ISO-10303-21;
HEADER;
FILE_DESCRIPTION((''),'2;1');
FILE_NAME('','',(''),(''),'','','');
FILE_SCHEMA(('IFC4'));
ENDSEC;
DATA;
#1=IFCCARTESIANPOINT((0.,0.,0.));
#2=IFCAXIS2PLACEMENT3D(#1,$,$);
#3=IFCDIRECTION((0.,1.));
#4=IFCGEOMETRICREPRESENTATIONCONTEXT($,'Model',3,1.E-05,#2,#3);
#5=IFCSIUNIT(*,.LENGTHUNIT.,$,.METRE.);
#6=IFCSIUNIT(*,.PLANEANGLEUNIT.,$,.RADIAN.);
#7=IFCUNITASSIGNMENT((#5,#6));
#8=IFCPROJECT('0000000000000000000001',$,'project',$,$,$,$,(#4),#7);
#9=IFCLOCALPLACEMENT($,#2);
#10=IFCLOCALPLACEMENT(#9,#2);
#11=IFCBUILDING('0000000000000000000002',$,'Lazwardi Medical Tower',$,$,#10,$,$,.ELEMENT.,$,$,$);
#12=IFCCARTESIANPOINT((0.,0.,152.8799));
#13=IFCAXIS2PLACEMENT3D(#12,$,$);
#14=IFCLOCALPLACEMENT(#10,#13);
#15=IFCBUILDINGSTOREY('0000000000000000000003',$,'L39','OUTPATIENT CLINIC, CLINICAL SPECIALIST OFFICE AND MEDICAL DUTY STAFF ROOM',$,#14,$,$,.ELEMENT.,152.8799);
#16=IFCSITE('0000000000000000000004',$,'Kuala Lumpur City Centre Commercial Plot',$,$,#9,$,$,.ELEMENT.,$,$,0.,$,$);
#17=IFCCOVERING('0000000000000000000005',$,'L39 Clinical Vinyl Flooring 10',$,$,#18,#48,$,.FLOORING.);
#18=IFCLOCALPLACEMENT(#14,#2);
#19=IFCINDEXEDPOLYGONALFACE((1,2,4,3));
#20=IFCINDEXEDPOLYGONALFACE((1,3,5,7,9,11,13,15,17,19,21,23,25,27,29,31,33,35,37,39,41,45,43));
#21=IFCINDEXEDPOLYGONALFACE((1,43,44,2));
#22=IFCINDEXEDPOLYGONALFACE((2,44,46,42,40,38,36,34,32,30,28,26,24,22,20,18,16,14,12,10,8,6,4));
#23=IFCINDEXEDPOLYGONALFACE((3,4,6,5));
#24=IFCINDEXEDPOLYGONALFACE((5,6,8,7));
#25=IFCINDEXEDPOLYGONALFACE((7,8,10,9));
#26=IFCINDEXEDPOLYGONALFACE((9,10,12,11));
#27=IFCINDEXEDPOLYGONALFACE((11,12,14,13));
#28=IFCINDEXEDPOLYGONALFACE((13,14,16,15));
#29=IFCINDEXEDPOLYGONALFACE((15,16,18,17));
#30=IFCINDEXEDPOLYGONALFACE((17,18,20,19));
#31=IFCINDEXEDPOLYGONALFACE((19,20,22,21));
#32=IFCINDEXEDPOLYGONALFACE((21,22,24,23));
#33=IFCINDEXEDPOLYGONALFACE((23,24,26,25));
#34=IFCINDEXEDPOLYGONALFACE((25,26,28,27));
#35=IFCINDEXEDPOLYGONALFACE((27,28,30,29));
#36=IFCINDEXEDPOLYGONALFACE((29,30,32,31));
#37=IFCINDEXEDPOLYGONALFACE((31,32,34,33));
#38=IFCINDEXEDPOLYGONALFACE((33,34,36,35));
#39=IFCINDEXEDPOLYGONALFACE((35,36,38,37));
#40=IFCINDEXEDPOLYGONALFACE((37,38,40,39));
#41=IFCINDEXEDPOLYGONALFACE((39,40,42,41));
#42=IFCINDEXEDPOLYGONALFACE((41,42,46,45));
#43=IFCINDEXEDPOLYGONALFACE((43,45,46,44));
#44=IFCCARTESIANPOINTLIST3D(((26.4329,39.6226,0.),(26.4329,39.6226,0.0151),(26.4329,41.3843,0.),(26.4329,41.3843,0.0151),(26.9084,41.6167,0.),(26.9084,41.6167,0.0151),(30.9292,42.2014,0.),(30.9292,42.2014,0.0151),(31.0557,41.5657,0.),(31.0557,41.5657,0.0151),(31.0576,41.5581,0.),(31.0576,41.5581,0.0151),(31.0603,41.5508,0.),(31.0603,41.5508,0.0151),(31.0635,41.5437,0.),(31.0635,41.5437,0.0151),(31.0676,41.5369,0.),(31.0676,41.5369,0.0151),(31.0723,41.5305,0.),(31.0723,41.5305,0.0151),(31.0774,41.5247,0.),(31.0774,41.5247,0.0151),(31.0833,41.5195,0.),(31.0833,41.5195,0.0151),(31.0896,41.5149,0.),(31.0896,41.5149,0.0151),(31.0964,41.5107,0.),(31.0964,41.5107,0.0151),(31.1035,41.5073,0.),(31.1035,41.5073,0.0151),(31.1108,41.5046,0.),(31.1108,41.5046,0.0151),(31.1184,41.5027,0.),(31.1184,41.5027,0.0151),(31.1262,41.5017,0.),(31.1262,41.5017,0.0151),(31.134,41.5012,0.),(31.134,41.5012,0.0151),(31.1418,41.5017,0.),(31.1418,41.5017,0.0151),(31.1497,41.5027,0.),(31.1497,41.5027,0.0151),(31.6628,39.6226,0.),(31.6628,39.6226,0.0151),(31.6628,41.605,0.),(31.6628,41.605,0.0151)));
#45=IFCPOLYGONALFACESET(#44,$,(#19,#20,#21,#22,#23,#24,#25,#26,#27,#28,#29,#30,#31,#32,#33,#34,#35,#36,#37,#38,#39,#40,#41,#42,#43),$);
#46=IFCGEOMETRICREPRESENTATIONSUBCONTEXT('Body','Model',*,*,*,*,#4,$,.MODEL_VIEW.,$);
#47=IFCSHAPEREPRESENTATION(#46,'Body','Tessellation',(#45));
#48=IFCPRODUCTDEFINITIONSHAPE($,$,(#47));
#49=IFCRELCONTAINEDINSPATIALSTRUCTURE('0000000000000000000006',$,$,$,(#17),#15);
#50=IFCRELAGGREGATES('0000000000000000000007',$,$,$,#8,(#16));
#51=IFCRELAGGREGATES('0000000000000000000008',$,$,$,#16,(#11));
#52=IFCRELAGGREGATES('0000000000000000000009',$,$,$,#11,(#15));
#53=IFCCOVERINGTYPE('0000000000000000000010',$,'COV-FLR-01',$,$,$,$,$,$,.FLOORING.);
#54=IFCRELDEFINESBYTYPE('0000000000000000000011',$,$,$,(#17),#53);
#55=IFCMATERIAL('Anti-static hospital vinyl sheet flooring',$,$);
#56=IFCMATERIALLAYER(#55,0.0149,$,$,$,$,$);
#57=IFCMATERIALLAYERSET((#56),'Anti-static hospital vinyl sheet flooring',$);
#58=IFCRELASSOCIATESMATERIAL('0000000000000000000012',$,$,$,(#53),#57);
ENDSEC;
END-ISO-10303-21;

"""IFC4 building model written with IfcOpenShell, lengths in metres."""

from ifc_helpers import new_model, si_unit, direction, frame, origin, place, context, subcontext, project, spatial, polyline, outline, extrude, material, layer, layer_set, type_object, element, save


model = new_model("IFC4")

# Units and contexts
model_context = context("Model", 3, precision=1e-05, world=origin(), true_north=direction((0.0, 1.0)))
body_context = subcontext(model_context, "Body", "Model", "MODEL_VIEW")
ifc_project = project(units=[si_unit("LENGTHUNIT", "METRE"), si_unit("PLANEANGLEUNIT", "RADIAN")], contexts=[model_context])

# Site, building, storey
site_placement = place(None, origin())
site = spatial("IfcSite", under=ifc_project, at=site_placement, Name="Kuala Lumpur City Centre Commercial Plot", CompositionType="ELEMENT", RefElevation=0.0)
building_placement = place(site_placement, origin())
building = spatial("IfcBuilding", under=site, at=building_placement, Name="Lazwardi Medical Tower", CompositionType="ELEMENT")
storey_placement = place(building_placement, frame((0.0, 0.0, 152.8799)))
storey = spatial("IfcBuildingStorey", under=building, at=storey_placement, Name="L39", Description="OUTPATIENT CLINIC, CLINICAL SPECIALIST OFFICE AND MEDICAL DUTY STAFF ROOM", CompositionType="ELEMENT", Elevation=152.8799)

# Covering
ifc_material_1 = material(Name="Anti-static hospital vinyl sheet flooring")
ifc_layer_1 = layer(ifc_material_1, 0.0149)
ifc_layer_set_1 = layer_set([ifc_layer_1], Name="Anti-static hospital vinyl sheet flooring")
covering_type_1 = type_object("IfcCoveringType", Name="COV-FLR-01", PredefinedType="FLOORING", material=ifc_layer_set_1)
covering_1_placement = place(storey_placement, origin())
element("IfcCovering", 1, at=covering_1_placement, inside=storey, type_object=covering_type_1, Name="L39 Clinical Vinyl Flooring 10", PredefinedType="FLOORING", context=body_context, shape_type="SweptSolid", body=[
    extrude(outline(polyline([(31.6628, 41.605), (31.1497, 41.5027), (31.1418, 41.5017), (31.134, 41.5012), (31.1262, 41.5017), (31.1184, 41.5027), (31.1108, 41.5046), (31.1035, 41.5073), (31.0964, 41.5107), (31.0896, 41.5149), (31.0833, 41.5195), (31.0774, 41.5247), (31.0723, 41.5305), (31.0676, 41.5369), (31.0635, 41.5437), (31.0603, 41.5508), (31.0576, 41.5581), (31.0557, 41.5657), (30.9292, 42.2014), (26.9084, 41.6167), (26.4329, 41.3843), (26.4329, 39.6226), (31.6628, 39.6226), (31.6628, 41.605)])), origin(), (0.0, 0.0, 1.0), 0.0151),
])

save(model, "model.ifc")
